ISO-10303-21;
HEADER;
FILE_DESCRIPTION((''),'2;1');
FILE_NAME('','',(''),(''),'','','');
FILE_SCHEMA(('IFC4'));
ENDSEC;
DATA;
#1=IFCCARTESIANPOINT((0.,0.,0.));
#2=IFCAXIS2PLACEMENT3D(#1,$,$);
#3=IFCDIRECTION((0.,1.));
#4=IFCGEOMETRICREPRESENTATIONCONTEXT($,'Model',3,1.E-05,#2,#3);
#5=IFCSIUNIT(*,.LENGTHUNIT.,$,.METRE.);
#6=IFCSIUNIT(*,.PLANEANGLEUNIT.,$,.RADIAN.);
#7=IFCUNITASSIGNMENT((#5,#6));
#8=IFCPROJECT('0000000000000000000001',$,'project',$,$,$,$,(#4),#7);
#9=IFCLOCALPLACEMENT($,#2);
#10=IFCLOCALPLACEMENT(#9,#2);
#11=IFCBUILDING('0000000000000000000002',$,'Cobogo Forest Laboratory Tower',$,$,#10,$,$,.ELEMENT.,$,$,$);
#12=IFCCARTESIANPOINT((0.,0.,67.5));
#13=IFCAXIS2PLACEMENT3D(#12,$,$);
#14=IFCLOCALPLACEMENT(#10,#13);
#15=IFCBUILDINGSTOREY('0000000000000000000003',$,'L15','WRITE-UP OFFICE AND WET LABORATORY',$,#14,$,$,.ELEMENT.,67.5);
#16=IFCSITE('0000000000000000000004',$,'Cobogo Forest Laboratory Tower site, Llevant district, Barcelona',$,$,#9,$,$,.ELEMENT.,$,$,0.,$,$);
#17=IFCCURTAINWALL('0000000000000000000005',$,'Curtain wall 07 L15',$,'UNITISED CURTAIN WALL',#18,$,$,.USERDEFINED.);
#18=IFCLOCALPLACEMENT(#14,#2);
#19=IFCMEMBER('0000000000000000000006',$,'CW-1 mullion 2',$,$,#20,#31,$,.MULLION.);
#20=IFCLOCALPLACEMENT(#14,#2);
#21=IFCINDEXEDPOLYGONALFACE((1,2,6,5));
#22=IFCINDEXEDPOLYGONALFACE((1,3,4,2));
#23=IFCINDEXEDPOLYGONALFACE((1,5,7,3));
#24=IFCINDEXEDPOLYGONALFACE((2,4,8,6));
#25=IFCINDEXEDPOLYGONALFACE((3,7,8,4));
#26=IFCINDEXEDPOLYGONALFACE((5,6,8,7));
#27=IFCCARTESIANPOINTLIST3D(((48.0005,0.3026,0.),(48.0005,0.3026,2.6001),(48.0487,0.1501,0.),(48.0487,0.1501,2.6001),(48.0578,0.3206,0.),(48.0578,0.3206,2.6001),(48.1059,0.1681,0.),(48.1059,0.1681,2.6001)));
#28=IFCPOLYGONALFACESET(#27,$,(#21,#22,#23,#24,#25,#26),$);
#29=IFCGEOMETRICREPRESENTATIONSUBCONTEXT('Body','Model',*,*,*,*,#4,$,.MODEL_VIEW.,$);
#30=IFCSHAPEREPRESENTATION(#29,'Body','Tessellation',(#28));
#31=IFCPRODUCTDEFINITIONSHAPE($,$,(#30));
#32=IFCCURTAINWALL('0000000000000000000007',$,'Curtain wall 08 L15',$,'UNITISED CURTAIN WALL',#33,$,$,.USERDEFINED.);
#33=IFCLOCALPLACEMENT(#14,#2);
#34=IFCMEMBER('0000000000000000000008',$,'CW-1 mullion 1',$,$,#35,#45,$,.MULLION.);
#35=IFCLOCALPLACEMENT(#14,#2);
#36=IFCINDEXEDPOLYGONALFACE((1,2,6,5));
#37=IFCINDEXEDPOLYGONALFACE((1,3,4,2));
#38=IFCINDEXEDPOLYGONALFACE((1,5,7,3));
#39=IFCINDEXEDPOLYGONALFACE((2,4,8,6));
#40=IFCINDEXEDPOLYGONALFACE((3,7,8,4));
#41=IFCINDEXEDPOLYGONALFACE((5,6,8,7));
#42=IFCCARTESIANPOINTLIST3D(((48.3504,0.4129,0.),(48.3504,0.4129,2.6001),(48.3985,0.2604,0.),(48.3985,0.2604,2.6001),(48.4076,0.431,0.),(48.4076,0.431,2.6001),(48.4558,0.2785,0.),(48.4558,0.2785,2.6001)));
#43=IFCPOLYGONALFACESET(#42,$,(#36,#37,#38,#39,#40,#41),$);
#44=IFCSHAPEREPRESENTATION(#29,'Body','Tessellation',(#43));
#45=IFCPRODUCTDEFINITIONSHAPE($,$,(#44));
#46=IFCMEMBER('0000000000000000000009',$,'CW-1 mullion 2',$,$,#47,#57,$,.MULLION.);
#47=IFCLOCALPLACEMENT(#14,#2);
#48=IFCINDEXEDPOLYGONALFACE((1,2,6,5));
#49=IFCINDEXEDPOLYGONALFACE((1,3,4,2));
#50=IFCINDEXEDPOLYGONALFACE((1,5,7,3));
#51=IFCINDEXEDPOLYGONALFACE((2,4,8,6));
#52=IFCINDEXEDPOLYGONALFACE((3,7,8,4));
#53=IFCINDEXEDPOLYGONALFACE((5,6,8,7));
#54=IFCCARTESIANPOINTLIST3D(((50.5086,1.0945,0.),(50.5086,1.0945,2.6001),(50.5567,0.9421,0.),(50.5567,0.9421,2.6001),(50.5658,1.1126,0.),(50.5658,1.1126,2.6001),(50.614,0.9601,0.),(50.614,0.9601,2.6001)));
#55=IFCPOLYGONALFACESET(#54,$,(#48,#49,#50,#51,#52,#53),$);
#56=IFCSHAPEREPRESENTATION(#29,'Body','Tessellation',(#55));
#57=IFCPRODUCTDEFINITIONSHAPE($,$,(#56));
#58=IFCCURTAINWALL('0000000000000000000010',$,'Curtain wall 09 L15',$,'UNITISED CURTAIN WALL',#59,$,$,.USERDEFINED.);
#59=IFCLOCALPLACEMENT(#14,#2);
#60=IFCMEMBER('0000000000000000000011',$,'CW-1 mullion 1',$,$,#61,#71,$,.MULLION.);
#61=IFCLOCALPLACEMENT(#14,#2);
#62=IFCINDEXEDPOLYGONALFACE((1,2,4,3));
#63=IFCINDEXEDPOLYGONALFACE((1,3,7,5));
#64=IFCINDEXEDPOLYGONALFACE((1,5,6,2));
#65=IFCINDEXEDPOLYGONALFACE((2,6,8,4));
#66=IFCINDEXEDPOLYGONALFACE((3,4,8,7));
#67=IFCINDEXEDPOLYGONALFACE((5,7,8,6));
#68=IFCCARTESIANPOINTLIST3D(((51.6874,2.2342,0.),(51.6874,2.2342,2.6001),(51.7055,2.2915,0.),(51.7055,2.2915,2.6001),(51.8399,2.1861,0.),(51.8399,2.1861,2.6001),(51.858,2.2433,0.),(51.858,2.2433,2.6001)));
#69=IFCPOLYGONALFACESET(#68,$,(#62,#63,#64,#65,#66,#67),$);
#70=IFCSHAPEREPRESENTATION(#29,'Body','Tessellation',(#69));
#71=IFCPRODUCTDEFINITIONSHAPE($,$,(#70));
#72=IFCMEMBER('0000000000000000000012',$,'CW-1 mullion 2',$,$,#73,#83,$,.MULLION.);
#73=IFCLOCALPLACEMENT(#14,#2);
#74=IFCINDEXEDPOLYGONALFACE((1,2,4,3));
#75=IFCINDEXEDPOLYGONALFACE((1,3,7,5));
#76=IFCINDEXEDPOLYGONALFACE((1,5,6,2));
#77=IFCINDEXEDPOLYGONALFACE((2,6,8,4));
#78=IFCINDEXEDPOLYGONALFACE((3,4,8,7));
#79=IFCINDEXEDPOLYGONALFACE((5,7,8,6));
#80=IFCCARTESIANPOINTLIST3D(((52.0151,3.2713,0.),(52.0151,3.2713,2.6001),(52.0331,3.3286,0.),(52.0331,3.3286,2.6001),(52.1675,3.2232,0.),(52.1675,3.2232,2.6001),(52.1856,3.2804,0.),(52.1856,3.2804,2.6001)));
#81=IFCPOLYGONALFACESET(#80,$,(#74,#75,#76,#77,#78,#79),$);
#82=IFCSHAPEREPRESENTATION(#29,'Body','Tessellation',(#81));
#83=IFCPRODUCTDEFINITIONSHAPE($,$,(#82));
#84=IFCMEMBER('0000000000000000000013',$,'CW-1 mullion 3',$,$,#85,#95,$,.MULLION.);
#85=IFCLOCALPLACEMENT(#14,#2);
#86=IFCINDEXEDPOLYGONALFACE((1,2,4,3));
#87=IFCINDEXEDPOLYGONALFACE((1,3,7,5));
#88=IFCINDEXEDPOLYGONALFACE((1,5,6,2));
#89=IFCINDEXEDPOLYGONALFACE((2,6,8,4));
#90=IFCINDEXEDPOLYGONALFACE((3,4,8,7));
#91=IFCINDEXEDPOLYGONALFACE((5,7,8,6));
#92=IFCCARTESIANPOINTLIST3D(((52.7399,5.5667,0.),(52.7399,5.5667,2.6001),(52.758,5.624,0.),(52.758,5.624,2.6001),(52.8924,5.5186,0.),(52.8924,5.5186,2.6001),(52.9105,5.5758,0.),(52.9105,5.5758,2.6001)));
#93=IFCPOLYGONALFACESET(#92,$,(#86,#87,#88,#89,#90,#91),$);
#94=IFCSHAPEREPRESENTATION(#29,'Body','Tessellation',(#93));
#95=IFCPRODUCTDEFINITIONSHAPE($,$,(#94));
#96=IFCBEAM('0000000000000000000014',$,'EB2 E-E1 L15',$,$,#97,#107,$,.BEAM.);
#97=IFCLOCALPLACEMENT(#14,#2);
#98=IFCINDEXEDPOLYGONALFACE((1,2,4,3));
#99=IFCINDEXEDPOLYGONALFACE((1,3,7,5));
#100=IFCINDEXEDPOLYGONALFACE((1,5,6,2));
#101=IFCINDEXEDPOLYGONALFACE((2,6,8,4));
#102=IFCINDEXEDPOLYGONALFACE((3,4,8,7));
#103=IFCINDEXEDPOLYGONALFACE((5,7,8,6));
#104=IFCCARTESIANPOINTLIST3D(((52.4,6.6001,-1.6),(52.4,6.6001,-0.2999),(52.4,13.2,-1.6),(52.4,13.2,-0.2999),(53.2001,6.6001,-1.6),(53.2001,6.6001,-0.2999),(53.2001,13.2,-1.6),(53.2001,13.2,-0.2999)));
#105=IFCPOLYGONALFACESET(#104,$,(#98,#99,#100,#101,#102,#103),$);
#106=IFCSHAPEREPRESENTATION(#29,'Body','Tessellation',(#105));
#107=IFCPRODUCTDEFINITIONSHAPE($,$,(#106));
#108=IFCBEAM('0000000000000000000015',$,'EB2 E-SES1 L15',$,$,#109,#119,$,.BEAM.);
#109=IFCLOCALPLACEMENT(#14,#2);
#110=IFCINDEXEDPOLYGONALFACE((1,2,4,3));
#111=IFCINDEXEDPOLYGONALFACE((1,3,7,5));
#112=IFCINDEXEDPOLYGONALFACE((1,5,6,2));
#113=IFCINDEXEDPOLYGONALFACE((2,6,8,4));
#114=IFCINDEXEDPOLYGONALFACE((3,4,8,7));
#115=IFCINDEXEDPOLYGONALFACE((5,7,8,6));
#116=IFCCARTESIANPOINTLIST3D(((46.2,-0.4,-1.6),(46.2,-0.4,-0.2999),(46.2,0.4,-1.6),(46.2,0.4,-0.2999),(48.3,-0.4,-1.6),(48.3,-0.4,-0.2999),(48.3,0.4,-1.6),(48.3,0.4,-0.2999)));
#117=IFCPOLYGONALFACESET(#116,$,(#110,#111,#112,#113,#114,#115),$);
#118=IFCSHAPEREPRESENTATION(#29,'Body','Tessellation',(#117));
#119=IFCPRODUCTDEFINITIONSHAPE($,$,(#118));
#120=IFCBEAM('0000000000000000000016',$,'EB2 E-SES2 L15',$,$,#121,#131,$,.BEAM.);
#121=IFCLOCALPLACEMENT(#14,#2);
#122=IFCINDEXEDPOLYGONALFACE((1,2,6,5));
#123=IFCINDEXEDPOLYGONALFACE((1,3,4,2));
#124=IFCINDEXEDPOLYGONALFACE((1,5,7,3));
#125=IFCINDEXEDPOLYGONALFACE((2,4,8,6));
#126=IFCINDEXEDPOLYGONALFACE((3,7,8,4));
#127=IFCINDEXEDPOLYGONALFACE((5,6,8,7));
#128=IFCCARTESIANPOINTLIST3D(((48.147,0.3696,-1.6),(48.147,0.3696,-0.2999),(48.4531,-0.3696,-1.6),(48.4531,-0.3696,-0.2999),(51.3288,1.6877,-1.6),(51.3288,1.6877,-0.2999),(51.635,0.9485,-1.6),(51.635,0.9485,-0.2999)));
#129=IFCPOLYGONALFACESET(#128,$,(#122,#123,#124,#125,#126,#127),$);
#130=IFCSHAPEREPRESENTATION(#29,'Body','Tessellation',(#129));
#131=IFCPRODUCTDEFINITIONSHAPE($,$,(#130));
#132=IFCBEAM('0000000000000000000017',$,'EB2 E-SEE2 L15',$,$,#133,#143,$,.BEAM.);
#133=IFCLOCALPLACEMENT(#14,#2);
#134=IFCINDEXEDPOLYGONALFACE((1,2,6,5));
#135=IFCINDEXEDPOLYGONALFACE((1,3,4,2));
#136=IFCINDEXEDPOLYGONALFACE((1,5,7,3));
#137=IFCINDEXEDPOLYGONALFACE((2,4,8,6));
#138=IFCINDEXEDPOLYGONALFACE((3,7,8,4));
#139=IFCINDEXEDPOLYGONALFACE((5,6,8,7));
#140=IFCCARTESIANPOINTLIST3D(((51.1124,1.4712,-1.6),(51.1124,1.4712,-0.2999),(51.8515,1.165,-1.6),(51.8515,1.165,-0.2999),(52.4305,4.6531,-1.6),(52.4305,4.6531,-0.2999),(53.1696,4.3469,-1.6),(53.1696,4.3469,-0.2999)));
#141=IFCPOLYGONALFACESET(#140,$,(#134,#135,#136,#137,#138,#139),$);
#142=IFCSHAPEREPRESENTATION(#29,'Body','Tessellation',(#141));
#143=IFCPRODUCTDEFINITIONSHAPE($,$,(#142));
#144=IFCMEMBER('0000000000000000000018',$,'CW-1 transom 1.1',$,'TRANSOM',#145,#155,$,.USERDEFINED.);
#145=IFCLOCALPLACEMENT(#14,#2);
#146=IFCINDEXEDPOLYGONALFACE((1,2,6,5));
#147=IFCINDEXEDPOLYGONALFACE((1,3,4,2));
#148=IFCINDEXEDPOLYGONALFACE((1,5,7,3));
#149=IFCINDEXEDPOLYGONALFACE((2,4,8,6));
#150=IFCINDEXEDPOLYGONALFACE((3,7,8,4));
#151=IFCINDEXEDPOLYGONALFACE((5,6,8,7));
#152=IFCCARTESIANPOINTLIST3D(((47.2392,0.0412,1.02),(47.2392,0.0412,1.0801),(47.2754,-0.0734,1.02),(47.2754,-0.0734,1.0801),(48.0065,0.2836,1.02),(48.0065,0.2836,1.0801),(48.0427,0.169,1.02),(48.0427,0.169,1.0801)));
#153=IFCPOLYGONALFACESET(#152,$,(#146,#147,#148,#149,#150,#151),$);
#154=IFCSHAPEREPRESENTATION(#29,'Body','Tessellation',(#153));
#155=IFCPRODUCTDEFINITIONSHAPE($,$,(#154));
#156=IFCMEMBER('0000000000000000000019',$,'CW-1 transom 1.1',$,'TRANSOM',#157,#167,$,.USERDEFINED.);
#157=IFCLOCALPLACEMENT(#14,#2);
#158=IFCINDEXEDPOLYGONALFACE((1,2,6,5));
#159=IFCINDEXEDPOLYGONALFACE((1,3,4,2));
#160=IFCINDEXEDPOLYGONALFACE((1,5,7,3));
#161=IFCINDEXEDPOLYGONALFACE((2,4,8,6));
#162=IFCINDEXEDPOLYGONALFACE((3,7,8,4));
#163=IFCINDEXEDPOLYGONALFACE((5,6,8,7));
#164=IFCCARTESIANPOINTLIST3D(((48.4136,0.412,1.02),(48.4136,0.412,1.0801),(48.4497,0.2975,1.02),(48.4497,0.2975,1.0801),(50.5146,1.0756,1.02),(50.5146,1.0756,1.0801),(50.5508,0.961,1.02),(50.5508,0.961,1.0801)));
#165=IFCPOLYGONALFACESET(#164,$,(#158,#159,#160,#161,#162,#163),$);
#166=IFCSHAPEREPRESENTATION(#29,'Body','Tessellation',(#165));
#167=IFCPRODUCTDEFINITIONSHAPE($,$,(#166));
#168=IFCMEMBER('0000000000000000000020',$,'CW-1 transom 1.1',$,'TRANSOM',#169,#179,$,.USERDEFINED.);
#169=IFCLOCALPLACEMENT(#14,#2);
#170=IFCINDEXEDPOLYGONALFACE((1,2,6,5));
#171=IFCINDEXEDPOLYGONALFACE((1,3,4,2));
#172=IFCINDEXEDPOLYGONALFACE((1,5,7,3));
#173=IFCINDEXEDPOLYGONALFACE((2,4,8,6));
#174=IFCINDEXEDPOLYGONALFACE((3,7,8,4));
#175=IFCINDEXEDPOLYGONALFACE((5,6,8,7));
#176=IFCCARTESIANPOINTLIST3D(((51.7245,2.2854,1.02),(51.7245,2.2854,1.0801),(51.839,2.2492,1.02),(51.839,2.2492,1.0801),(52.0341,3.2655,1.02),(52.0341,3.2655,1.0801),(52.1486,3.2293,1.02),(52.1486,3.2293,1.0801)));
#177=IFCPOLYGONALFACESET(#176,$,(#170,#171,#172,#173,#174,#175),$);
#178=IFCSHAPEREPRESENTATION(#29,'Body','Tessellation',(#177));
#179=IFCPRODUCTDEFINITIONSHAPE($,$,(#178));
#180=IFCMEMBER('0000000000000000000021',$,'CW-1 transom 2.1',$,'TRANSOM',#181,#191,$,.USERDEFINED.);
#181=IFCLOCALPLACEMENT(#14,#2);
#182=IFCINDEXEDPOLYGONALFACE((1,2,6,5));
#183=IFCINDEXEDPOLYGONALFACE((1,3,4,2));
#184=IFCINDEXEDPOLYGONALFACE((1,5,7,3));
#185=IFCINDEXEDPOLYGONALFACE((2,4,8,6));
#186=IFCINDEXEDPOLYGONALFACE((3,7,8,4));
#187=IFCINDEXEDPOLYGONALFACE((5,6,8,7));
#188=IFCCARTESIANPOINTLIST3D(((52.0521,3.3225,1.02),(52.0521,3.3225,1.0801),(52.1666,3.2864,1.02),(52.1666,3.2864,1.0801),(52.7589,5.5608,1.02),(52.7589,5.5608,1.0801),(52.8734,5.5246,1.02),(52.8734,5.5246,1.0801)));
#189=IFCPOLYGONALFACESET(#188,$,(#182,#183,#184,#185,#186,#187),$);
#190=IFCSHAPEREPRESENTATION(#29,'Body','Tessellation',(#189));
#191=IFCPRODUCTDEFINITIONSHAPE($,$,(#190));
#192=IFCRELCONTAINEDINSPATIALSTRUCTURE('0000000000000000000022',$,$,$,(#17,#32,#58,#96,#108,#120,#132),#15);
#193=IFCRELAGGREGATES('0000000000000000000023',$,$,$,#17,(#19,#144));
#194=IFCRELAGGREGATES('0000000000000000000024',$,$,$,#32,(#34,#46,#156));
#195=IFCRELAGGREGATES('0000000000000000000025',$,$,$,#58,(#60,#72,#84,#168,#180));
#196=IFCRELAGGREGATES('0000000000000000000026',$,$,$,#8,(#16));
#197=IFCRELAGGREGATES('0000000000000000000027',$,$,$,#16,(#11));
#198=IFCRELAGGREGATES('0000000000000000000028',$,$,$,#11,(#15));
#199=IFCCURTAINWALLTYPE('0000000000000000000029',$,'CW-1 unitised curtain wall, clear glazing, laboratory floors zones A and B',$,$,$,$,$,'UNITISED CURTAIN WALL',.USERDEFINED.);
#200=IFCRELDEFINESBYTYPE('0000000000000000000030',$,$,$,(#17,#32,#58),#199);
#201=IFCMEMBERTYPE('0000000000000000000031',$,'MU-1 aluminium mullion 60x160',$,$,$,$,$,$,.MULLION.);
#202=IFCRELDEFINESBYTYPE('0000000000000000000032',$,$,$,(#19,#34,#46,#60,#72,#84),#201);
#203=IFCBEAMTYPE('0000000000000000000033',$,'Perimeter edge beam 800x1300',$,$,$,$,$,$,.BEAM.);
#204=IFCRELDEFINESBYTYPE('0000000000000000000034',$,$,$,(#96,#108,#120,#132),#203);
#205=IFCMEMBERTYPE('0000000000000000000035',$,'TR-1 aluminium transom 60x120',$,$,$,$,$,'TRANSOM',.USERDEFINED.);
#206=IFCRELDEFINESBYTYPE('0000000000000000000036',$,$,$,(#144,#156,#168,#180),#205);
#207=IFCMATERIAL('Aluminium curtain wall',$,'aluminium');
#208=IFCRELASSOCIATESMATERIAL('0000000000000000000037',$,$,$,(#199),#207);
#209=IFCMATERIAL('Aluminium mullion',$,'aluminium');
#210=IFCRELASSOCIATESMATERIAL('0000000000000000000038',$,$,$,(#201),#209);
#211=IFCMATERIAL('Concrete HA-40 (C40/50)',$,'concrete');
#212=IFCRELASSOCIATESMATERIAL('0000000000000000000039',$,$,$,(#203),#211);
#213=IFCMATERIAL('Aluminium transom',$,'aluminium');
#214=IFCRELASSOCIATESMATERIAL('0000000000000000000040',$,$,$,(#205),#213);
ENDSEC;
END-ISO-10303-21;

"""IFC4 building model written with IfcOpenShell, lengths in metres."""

from ifc_helpers import new_model, si_unit, direction, frame, origin, origin_2d, place, context, subcontext, project, spatial, rectangle, extrude, material, material_profile, profile_set, type_object, element, aggregate, save


model = new_model("IFC4")

# Units and contexts
model_context = context("Model", 3, precision=1e-05, world=origin(), true_north=direction((0.0, 1.0)))
body_context = subcontext(model_context, "Body", "Model", "MODEL_VIEW")
ifc_project = project(units=[si_unit("LENGTHUNIT", "METRE"), si_unit("PLANEANGLEUNIT", "RADIAN")], contexts=[model_context])

# Site, building, storey
site_placement = place(None, origin())
site = spatial("IfcSite", under=ifc_project, at=site_placement, Name="Cobogo Forest Laboratory Tower site, Llevant district, Barcelona", CompositionType="ELEMENT", RefElevation=0.0)
building_placement = place(site_placement, origin())
building = spatial("IfcBuilding", under=site, at=building_placement, Name="Cobogo Forest Laboratory Tower", CompositionType="ELEMENT")
storey_placement = place(building_placement, frame((0.0, 0.0, 67.5)))
storey = spatial("IfcBuildingStorey", under=building, at=storey_placement, Name="L15", Description="WRITE-UP OFFICE AND WET LABORATORY", CompositionType="ELEMENT", Elevation=67.5)

# Shared definitions
ifc_material_1 = material(Name="Aluminium curtain wall", Category="aluminium")
curtain_wall_type = type_object("IfcCurtainWallType", Name="CW-1 unitised curtain wall, clear glazing, laboratory floors zones A and B", ElementType="UNITISED CURTAIN WALL", PredefinedType="USERDEFINED", material=ifc_material_1)
ifc_material_2 = material(Name="Aluminium mullion", Category="aluminium")
ifc_material_profile_1 = material_profile(ifc_material_2, rectangle(XDim=0.0601, YDim=0.1599, at=origin_2d()), Name="AL 60x160")
ifc_profile_set_1 = profile_set([ifc_material_profile_1], Name="Aluminium mullion")
member_type_1 = type_object("IfcMemberType", Name="MU-1 aluminium mullion 60x160", PredefinedType="MULLION", material=ifc_profile_set_1)

# Curtain walls, members
curtain_wall_1_placement = place(storey_placement, origin())
curtain_wall_1 = element("IfcCurtainWall", 1, at=curtain_wall_1_placement, inside=storey, type_object=curtain_wall_type, Name="Curtain wall 07 L15", ObjectType="UNITISED CURTAIN WALL", PredefinedType="USERDEFINED")
member_1_placement = place(storey_placement, frame((48.0532, 0.2354, 0.0), z_axis=(0.0, 0.0, 1.0), x_axis=(0.953581, 0.301135, 0.0)))
member_1 = element("IfcMember", 2, at=member_1_placement, type_object=member_type_1, Name="CW-1 mullion 2", PredefinedType="MULLION", context=body_context, shape_type="SweptSolid", body=[
    extrude(rectangle(XDim=0.0601, YDim=0.1599, at=origin_2d()), origin(), (0.0, 0.0, 1.0), 2.6001),
])
curtain_wall_2_placement = place(storey_placement, origin())
curtain_wall_2 = element("IfcCurtainWall", 3, at=curtain_wall_2_placement, inside=storey, type_object=curtain_wall_type, Name="Curtain wall 08 L15", ObjectType="UNITISED CURTAIN WALL", PredefinedType="USERDEFINED")
member_2_placement = place(storey_placement, frame((48.4031, 0.3457, 0.0), z_axis=(0.0, 0.0, 1.0), x_axis=(0.953581, 0.301135, 0.0)))
member_2 = element("IfcMember", 4, at=member_2_placement, type_object=member_type_1, Name="CW-1 mullion 1", PredefinedType="MULLION", context=body_context, shape_type="SweptSolid", body=[
    extrude(rectangle(XDim=0.0601, YDim=0.1599, at=origin_2d()), origin(), (0.0, 0.0, 1.0), 2.6001),
])
member_3_placement = place(storey_placement, frame((50.5613, 1.0273, 0.0), z_axis=(0.0, 0.0, 1.0), x_axis=(0.953581, 0.301135, 0.0)))
member_3 = element("IfcMember", 5, at=member_3_placement, type_object=member_type_1, Name="CW-1 mullion 2", PredefinedType="MULLION", context=body_context, shape_type="SweptSolid", body=[
    extrude(rectangle(XDim=0.0601, YDim=0.1599, at=origin_2d()), origin(), (0.0, 0.0, 1.0), 2.6001),
])
curtain_wall_3_placement = place(storey_placement, origin())
curtain_wall_3 = element("IfcCurtainWall", 6, at=curtain_wall_3_placement, inside=storey, type_object=curtain_wall_type, Name="Curtain wall 09 L15", ObjectType="UNITISED CURTAIN WALL", PredefinedType="USERDEFINED")
member_4_placement = place(storey_placement, frame((51.7727, 2.2388, 0.0), z_axis=(0.0, 0.0, 1.0), x_axis=(0.301135, 0.953581, 0.0)))
member_4 = element("IfcMember", 7, at=member_4_placement, type_object=member_type_1, Name="CW-1 mullion 1", PredefinedType="MULLION", context=body_context, shape_type="SweptSolid", body=[
    extrude(rectangle(XDim=0.0601, YDim=0.1599, at=origin_2d()), origin(), (0.0, 0.0, 1.0), 2.6001),
])
member_5_placement = place(storey_placement, frame((52.1003, 3.2759, 0.0), z_axis=(0.0, 0.0, 1.0), x_axis=(0.301135, 0.953581, 0.0)))
member_5 = element("IfcMember", 8, at=member_5_placement, type_object=member_type_1, Name="CW-1 mullion 2", PredefinedType="MULLION", context=body_context, shape_type="SweptSolid", body=[
    extrude(rectangle(XDim=0.0601, YDim=0.1599, at=origin_2d()), origin(), (0.0, 0.0, 1.0), 2.6001),
])
member_6_placement = place(storey_placement, frame((52.8252, 5.5713, 0.0), z_axis=(0.0, 0.0, 1.0), x_axis=(0.301135, 0.953581, 0.0)))
member_6 = element("IfcMember", 9, at=member_6_placement, type_object=member_type_1, Name="CW-1 mullion 3", PredefinedType="MULLION", context=body_context, shape_type="SweptSolid", body=[
    extrude(rectangle(XDim=0.0601, YDim=0.1599, at=origin_2d()), origin(), (0.0, 0.0, 1.0), 2.6001),
])

# Beams
ifc_material_3 = material(Name="Concrete HA-40 (C40/50)", Category="concrete")
ifc_material_profile_2 = material_profile(ifc_material_3, rectangle(XDim=0.8, YDim=1.3, at=origin_2d()), Name="RC 800x1300")
ifc_profile_set_2 = profile_set([ifc_material_profile_2], Name="Concrete HA-40 (C40/50)")
beam_type_1 = type_object("IfcBeamType", Name="Perimeter edge beam 800x1300", PredefinedType="BEAM", material=ifc_profile_set_2)
beam_1_placement = place(storey_placement, frame((52.8, 6.6001, -0.95), z_axis=(0.0, 1.0, 0.0), x_axis=(-1.0, 0.0, 0.0)))
element("IfcBeam", 10, at=beam_1_placement, inside=storey, type_object=beam_type_1, Name="EB2 E-E1 L15", PredefinedType="BEAM", context=body_context, shape_type="SweptSolid", body=[
    extrude(rectangle(XDim=0.8, YDim=1.3, at=origin_2d()), origin(), (0.0, 0.0, 1.0), 6.5999),
])
beam_2_placement = place(storey_placement, frame((46.2, 0.0, -0.95), z_axis=(1.0, 0.0, 0.0), x_axis=(0.0, 1.0, 0.0)))
element("IfcBeam", 11, at=beam_2_placement, inside=storey, type_object=beam_type_1, Name="EB2 E-SES1 L15", PredefinedType="BEAM", context=body_context, shape_type="SweptSolid", body=[
    extrude(rectangle(XDim=0.8, YDim=1.3, at=origin_2d()), origin(), (0.0, 0.0, 1.0), 2.1001),
])
for number, where, z_axis, x_axis, name in (
    (12, (48.3, 0.0, -0.95), (0.923866, 0.382717, 0.0), (-0.382717, 0.923866, 0.0), "EB2 E-SES2 L15"),
    (13, (52.8, 4.5, -0.95), (-0.382717, -0.923866, 0.0), (0.923866, -0.382717, 0.0), "EB2 E-SEE2 L15"),
):
    element("IfcBeam", number, at=place(storey_placement, frame(where, z_axis=z_axis, x_axis=x_axis)), inside=storey, type_object=beam_type_1, Name=name, PredefinedType="BEAM", context=body_context, shape_type="SweptSolid", body=[
        extrude(rectangle(XDim=0.8, YDim=1.3, at=origin_2d()), origin(), (0.0, 0.0, 1.0), 3.4441),
    ])

# Members
ifc_material_4 = material(Name="Aluminium transom", Category="aluminium")
ifc_material_profile_3 = material_profile(ifc_material_4, rectangle(XDim=0.1201, YDim=0.0601, at=origin_2d()), Name="AL 60x120")
ifc_profile_set_3 = profile_set([ifc_material_profile_3], Name="Aluminium transom")
member_type_2 = type_object("IfcMemberType", Name="TR-1 aluminium transom 60x120", ElementType="TRANSOM", PredefinedType="USERDEFINED", material=ifc_profile_set_3)
member_7_placement = place(storey_placement, frame((47.2573, -0.0161, 1.05), z_axis=(0.953541, 0.301262, 0.0), x_axis=(-0.301262, 0.953541, 0.0)))
member_7 = element("IfcMember", 14, at=member_7_placement, type_object=member_type_2, Name="CW-1 transom 1.1", ObjectType="TRANSOM", PredefinedType="USERDEFINED", context=body_context, shape_type="SweptSolid", body=[
    extrude(rectangle(XDim=0.1201, YDim=0.0601, at=origin_2d()), origin(), (0.0, 0.0, 1.0), 0.8047),
])
member_8_placement = place(storey_placement, frame((48.4316, 0.3547, 1.05), z_axis=(0.953573, 0.301163, 0.0), x_axis=(-0.301163, 0.953573, 0.0)))
member_8 = element("IfcMember", 15, at=member_8_placement, type_object=member_type_2, Name="CW-1 transom 1.1", ObjectType="TRANSOM", PredefinedType="USERDEFINED", context=body_context, shape_type="SweptSolid", body=[
    extrude(rectangle(XDim=0.1201, YDim=0.0601, at=origin_2d()), origin(), (0.0, 0.0, 1.0), 2.2034),
])
member_9_placement = place(storey_placement, frame((51.7817, 2.2673, 1.05), z_axis=(0.301222, 0.953554, 0.0), x_axis=(-0.953554, 0.301222, 0.0)))
member_9 = element("IfcMember", 16, at=member_9_placement, type_object=member_type_2, Name="CW-1 transom 1.1", ObjectType="TRANSOM", PredefinedType="USERDEFINED", context=body_context, shape_type="SweptSolid", body=[
    extrude(rectangle(XDim=0.1201, YDim=0.0601, at=origin_2d()), origin(), (0.0, 0.0, 1.0), 1.0278),
])
member_10_placement = place(storey_placement, frame((52.1094, 3.3044, 1.05), z_axis=(0.301116, 0.953587, 0.0), x_axis=(-0.953587, 0.301116, 0.0)))
member_10 = element("IfcMember", 17, at=member_10_placement, type_object=member_type_2, Name="CW-1 transom 2.1", ObjectType="TRANSOM", PredefinedType="USERDEFINED", context=body_context, shape_type="SweptSolid", body=[
    extrude(rectangle(XDim=0.1201, YDim=0.0601, at=origin_2d()), origin(), (0.0, 0.0, 1.0), 2.3472),
])

aggregate(curtain_wall_1, [member_1, member_7])
aggregate(curtain_wall_2, [member_2, member_3, member_8])
aggregate(curtain_wall_3, [member_4, member_5, member_6, member_9, member_10])

save(model, "model.ifc")
